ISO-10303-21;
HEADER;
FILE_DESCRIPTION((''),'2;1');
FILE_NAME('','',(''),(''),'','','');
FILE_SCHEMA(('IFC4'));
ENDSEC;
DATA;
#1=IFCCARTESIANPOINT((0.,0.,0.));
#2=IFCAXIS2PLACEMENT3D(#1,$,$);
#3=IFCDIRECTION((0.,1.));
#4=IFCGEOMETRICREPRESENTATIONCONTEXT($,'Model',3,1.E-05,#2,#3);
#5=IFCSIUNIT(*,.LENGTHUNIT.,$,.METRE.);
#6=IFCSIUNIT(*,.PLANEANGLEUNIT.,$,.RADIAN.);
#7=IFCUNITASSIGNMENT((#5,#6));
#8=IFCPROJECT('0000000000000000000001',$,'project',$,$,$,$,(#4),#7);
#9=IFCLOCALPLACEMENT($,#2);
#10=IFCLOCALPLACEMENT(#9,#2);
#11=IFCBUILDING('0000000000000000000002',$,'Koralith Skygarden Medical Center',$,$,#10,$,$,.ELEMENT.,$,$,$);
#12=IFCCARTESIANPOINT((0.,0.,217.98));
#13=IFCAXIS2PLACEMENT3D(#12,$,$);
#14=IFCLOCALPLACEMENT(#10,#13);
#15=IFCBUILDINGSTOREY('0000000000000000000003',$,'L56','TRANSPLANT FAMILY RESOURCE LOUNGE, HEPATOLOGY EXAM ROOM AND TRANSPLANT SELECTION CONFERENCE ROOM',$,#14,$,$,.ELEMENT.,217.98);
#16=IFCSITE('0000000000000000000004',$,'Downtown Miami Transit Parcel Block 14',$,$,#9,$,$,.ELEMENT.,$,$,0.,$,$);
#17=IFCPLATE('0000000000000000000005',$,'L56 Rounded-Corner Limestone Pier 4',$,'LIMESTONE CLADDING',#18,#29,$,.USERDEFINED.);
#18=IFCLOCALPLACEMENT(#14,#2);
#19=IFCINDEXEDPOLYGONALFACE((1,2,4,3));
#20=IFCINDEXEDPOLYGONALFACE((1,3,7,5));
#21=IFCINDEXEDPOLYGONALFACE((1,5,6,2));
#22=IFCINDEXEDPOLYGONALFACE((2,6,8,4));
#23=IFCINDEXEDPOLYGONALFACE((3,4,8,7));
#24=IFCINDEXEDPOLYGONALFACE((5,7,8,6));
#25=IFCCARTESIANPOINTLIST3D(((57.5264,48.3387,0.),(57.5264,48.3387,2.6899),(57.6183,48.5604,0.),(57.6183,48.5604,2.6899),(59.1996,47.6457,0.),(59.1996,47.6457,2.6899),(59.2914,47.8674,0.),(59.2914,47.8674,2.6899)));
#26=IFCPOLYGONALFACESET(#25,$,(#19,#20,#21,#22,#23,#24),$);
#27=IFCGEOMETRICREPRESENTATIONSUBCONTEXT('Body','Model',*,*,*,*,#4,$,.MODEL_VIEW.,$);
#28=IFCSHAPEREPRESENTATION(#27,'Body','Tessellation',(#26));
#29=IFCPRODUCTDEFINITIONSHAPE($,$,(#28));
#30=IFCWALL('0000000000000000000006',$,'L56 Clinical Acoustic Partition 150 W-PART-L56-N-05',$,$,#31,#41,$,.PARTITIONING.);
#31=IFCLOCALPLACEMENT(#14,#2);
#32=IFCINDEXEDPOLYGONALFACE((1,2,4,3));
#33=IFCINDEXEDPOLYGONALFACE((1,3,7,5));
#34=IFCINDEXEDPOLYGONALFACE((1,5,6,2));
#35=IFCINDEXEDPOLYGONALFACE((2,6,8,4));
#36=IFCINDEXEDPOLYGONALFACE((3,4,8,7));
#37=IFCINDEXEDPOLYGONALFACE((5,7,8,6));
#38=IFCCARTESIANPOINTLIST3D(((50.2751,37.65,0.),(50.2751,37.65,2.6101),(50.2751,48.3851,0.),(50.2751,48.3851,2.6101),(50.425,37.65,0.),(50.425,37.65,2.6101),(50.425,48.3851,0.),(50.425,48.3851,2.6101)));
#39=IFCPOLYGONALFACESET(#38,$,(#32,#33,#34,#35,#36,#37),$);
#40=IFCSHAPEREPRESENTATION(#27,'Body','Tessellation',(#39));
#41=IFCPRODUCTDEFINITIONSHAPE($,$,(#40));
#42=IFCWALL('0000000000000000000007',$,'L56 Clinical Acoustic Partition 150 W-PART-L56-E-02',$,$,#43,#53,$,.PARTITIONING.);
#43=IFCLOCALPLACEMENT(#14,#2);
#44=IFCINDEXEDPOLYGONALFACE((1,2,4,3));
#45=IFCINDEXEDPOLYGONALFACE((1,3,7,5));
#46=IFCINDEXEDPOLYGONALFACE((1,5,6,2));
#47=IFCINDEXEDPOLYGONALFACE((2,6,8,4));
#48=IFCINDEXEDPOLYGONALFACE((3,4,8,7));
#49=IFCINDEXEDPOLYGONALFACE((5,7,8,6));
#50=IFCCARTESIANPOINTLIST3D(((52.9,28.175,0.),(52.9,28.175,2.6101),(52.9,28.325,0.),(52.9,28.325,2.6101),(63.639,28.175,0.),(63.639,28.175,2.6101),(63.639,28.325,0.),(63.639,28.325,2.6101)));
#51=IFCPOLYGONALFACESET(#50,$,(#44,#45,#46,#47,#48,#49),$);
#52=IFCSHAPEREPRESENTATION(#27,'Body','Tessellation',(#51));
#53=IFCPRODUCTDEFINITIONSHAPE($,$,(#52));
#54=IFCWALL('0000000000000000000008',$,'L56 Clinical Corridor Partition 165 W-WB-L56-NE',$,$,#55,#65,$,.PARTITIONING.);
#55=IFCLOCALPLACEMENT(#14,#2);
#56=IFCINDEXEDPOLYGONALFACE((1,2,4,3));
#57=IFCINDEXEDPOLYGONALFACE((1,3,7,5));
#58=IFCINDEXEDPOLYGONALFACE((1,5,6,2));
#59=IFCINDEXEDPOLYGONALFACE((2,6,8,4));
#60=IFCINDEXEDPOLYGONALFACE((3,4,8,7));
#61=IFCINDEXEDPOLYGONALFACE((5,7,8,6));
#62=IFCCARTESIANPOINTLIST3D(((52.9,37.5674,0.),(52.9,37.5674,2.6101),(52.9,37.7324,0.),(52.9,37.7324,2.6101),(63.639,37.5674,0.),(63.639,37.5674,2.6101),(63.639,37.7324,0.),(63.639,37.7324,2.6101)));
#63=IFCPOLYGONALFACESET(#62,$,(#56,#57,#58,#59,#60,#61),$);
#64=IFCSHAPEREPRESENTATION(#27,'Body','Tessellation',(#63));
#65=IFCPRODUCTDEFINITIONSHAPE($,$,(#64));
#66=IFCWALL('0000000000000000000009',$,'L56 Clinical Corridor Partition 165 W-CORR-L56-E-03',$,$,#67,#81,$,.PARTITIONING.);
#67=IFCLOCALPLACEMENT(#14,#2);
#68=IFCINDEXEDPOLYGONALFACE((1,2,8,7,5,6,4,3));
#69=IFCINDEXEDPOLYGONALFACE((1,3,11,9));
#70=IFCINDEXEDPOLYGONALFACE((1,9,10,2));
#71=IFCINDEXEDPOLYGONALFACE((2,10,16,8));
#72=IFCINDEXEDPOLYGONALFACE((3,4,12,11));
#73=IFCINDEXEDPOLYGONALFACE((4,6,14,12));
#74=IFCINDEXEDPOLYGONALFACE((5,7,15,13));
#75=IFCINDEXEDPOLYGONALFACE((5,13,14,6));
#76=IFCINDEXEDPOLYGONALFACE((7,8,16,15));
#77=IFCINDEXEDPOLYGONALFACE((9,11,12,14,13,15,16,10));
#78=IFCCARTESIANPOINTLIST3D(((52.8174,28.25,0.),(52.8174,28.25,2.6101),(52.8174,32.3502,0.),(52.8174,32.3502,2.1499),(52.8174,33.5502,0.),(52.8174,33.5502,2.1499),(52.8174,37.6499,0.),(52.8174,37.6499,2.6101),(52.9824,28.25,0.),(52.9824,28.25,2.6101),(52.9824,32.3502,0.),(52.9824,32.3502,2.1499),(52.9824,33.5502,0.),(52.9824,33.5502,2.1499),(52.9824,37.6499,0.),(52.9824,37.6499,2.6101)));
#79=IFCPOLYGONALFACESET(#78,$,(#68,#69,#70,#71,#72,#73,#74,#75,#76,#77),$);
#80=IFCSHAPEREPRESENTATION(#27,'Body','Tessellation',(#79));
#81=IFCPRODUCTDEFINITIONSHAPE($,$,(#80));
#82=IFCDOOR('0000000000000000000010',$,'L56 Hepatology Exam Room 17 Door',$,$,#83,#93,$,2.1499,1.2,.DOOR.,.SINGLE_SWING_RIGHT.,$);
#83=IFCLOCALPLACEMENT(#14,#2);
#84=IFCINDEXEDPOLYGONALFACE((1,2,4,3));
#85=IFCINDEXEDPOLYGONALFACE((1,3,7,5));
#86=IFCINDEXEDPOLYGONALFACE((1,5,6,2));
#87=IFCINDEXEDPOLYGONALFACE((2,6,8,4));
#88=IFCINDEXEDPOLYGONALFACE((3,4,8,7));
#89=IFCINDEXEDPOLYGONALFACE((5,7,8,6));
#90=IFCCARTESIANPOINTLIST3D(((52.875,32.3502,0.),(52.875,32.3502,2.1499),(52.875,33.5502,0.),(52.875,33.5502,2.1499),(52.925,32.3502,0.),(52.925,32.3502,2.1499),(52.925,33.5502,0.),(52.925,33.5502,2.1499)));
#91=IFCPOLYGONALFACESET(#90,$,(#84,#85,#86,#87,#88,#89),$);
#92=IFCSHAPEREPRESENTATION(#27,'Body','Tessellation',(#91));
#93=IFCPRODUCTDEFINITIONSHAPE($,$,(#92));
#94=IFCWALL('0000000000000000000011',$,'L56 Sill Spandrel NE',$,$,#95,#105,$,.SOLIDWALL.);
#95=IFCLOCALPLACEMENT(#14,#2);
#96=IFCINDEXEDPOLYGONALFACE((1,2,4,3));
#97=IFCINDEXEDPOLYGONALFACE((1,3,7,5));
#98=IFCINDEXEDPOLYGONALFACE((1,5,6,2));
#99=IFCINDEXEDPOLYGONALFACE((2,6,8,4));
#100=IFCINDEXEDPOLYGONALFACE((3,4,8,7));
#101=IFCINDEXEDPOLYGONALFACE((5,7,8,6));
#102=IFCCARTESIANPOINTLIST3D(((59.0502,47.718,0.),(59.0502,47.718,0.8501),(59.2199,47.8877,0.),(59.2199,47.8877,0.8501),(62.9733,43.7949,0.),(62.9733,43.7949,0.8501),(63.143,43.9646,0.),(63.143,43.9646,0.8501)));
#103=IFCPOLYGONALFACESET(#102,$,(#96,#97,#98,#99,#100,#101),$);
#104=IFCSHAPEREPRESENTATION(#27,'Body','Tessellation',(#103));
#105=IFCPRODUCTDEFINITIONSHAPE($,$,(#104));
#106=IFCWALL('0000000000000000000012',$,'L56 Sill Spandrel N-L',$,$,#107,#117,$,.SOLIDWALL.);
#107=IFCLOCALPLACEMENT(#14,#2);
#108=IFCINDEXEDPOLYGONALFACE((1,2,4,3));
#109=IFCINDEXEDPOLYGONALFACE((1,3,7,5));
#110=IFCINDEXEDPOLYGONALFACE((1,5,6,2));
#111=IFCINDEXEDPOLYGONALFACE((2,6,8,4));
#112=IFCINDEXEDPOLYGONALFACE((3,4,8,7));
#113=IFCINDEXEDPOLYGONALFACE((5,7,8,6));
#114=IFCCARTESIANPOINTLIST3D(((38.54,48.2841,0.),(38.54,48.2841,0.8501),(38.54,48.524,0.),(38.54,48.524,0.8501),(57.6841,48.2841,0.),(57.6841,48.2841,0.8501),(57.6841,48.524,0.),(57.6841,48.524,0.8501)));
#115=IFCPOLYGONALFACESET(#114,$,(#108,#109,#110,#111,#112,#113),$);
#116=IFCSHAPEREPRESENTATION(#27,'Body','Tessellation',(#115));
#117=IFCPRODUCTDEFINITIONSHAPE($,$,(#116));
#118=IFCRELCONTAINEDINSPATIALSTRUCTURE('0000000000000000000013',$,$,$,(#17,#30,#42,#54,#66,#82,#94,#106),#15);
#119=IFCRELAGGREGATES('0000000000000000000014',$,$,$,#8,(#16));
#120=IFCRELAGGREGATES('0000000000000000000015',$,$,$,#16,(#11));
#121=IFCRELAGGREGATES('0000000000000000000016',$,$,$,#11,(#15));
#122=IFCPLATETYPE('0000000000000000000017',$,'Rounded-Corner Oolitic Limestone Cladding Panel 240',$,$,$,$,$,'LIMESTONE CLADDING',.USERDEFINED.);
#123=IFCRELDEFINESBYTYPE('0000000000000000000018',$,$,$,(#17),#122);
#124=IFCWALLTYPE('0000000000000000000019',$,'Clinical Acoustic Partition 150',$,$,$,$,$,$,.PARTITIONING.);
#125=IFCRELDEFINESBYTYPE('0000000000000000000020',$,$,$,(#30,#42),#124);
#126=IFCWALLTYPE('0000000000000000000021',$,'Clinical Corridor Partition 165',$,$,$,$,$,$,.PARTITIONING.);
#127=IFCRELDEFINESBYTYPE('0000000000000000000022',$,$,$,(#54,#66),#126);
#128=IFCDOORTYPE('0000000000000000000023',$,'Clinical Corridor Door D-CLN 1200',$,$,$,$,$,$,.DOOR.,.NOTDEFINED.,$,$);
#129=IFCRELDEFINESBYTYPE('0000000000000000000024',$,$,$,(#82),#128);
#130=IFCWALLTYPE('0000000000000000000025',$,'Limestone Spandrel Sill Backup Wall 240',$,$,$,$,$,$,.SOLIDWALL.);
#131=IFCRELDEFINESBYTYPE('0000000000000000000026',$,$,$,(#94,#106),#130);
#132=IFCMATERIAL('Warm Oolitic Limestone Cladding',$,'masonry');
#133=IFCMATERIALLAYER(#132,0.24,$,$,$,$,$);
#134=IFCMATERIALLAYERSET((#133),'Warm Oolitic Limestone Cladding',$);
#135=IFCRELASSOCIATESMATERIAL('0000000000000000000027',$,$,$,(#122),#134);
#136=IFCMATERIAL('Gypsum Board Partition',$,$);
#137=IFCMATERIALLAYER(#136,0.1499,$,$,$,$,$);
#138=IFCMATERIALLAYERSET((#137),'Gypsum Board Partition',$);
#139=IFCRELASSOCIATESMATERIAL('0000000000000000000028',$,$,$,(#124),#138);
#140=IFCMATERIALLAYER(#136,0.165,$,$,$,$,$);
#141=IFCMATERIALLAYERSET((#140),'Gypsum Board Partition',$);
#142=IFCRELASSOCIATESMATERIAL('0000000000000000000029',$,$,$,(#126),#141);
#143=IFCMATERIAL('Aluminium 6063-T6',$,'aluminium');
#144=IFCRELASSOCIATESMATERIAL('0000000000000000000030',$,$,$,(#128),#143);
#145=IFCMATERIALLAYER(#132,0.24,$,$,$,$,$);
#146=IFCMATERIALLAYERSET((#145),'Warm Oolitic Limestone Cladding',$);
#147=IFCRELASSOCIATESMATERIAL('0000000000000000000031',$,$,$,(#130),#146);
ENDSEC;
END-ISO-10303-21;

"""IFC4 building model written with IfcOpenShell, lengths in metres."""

from ifc_helpers import new_model, si_unit, direction, frame, frame_2d, origin, origin_2d, place, context, subcontext, project, spatial, rectangle, extrude, material, layer, layer_set, type_object, element, fill, save


model = new_model("IFC4")

# Units and contexts
model_context = context("Model", 3, precision=1e-05, world=origin(), true_north=direction((0.0, 1.0)))
body_context = subcontext(model_context, "Body", "Model", "MODEL_VIEW")
ifc_project = project(units=[si_unit("LENGTHUNIT", "METRE"), si_unit("PLANEANGLEUNIT", "RADIAN")], contexts=[model_context])

# Site, building, storey
site_placement = place(None, origin())
site = spatial("IfcSite", under=ifc_project, at=site_placement, Name="Downtown Miami Transit Parcel Block 14", CompositionType="ELEMENT", RefElevation=0.0)
building_placement = place(site_placement, origin())
building = spatial("IfcBuilding", under=site, at=building_placement, Name="Koralith Skygarden Medical Center", CompositionType="ELEMENT")
storey_placement = place(building_placement, frame((0.0, 0.0, 217.98)))
storey = spatial("IfcBuildingStorey", under=building, at=storey_placement, Name="L56", Description="TRANSPLANT FAMILY RESOURCE LOUNGE, HEPATOLOGY EXAM ROOM AND TRANSPLANT SELECTION CONFERENCE ROOM", CompositionType="ELEMENT", Elevation=217.98)

# Shared definitions
ifc_material_1 = material(Name="Aluminium 6063-T6", Category="aluminium")

# Plate
ifc_material_2 = material(Name="Warm Oolitic Limestone Cladding", Category="masonry")
ifc_layer_1 = layer(ifc_material_2, 0.24)
ifc_layer_set_1 = layer_set([ifc_layer_1], Name="Warm Oolitic Limestone Cladding")
plate_type_1 = type_object("IfcPlateType", Name="Rounded-Corner Oolitic Limestone Cladding Panel 240", ElementType="LIMESTONE CLADDING", PredefinedType="USERDEFINED", material=ifc_layer_set_1)
for number, where, z_axis, x_axis, name in (
    (1, (58.4089, 48.103, 0.0), (0.0, 0.0, 1.0), (-0.923885, 0.382671, 0.0), "L56 Rounded-Corner Limestone Pier 4"),
):
    element("IfcPlate", number, at=place(storey_placement, frame(where, z_axis=z_axis, x_axis=x_axis)), inside=storey, type_object=plate_type_1, Name=name, ObjectType="LIMESTONE CLADDING", PredefinedType="USERDEFINED", context=body_context, shape_type="SweptSolid", body=[
        extrude(rectangle(XDim=1.811, YDim=0.24, at=origin_2d()), origin(), (0.0, 0.0, 1.0), 2.6899),
    ])

# Walls
ifc_material_3 = material(Name="Gypsum Board Partition")
ifc_layer_2 = layer(ifc_material_3, 0.1499)
ifc_layer_set_2 = layer_set([ifc_layer_2], Name="Gypsum Board Partition")
wall_type_1 = type_object("IfcWallType", Name="Clinical Acoustic Partition 150", PredefinedType="PARTITIONING", material=ifc_layer_set_2)
wall_1_placement = place(storey_placement, frame((50.3501, 37.6499, 0.0), z_axis=(0.0, 0.0, 1.0), x_axis=(0.0, 1.0, 0.0)))
element("IfcWall", 2, at=wall_1_placement, inside=storey, type_object=wall_type_1, Name="L56 Clinical Acoustic Partition 150 W-PART-L56-N-05", PredefinedType="PARTITIONING", context=body_context, shape_type="SweptSolid", body=[
    extrude(rectangle(XDim=10.7351, YDim=0.1499, at=frame_2d((5.3677, 0.0))), origin(), (0.0, 0.0, 1.0), 2.6101),
])
wall_2_placement = place(storey_placement, frame((52.8999, 28.25, 0.0), z_axis=(0.0, 0.0, 1.0), x_axis=(1.0, 0.0, 0.0)))
element("IfcWall", 3, at=wall_2_placement, inside=storey, type_object=wall_type_1, Name="L56 Clinical Acoustic Partition 150 W-PART-L56-E-02", PredefinedType="PARTITIONING", context=body_context, shape_type="SweptSolid", body=[
    extrude(rectangle(XDim=10.739, YDim=0.1499, at=frame_2d((5.3696, 0.0))), origin(), (0.0, 0.0, 1.0), 2.6101),
])
ifc_layer_3 = layer(ifc_material_3, 0.165)
ifc_layer_set_3 = layer_set([ifc_layer_3], Name="Gypsum Board Partition")
wall_type_2 = type_object("IfcWallType", Name="Clinical Corridor Partition 165", PredefinedType="PARTITIONING", material=ifc_layer_set_3)
wall_3_placement = place(storey_placement, frame((52.8999, 37.6499, 0.0), z_axis=(0.0, 0.0, 1.0), x_axis=(1.0, 0.0, 0.0)))
element("IfcWall", 4, at=wall_3_placement, inside=storey, type_object=wall_type_2, Name="L56 Clinical Corridor Partition 165 W-WB-L56-NE", PredefinedType="PARTITIONING", context=body_context, shape_type="SweptSolid", body=[
    extrude(rectangle(XDim=10.739, YDim=0.165, at=frame_2d((5.3696, 0.0))), origin(), (0.0, 0.0, 1.0), 2.6101),
])

# Wall, opening, door
wall_4_placement = place(storey_placement, frame((52.8999, 28.25, 0.0), z_axis=(0.0, 0.0, 1.0), x_axis=(0.0, 1.0, 0.0)))
wall_4 = element("IfcWall", 5, at=wall_4_placement, inside=storey, type_object=wall_type_2, Name="L56 Clinical Corridor Partition 165 W-CORR-L56-E-03", PredefinedType="PARTITIONING", context=body_context, shape_type="SweptSolid", body=[
    extrude(rectangle(XDim=9.3999, YDim=0.165, at=frame_2d((4.7, 0.0))), origin(), (0.0, 0.0, 1.0), 2.6101),
])
opening_1_placement = place(wall_4_placement, frame((4.1001, 0.0, 0.0)))
opening_1 = element("IfcOpeningElement", 6, at=opening_1_placement, cuts=wall_4, PredefinedType="OPENING", context=body_context, shape_type="SweptSolid", body=[
    extrude(rectangle(XDim=1.2, YDim=2.1499, at=frame_2d((0.6001, 1.075))), frame((0.0, 0.0925, 0.0), z_axis=(0.0, -1.0, 0.0), x_axis=(1.0, 0.0, 0.0)), (0.0, 0.0, 1.0), 0.1851),
])
door_type_1 = type_object("IfcDoorType", Name="Clinical Corridor Door D-CLN 1200", OperationType="NOTDEFINED", PredefinedType="DOOR", material=ifc_material_1)
door_1_placement = place(opening_1_placement, origin())
door_1 = element("IfcDoor", 7, at=door_1_placement, inside=storey, type_object=door_type_1, Name="L56 Hepatology Exam Room 17 Door", OperationType="SINGLE_SWING_RIGHT", OverallHeight=2.1499, OverallWidth=1.2, PredefinedType="DOOR", context=body_context, shape_type="SweptSolid", body=[
    extrude(rectangle(XDim=1.2, YDim=2.1499, at=frame_2d((0.6001, 1.075))), frame((0.0, 0.0249, 0.0), z_axis=(0.0, -1.0, 0.0), x_axis=(1.0, 0.0, 0.0)), (0.0, 0.0, 1.0), 0.05),
])
fill(opening_1, door_1)

# Walls
ifc_layer_4 = layer(ifc_material_2, 0.24)
ifc_layer_set_4 = layer_set([ifc_layer_4], Name="Warm Oolitic Limestone Cladding")
wall_type_3 = type_object("IfcWallType", Name="Limestone Spandrel Sill Backup Wall 240", PredefinedType="SOLIDWALL", material=ifc_layer_set_4)
wall_5_placement = place(storey_placement, frame((63.0581, 43.8799, 0.0), z_axis=(0.0, 0.0, 1.0), x_axis=(-0.707107, 0.707107, 0.0)))
element("IfcWall", 8, at=wall_5_placement, inside=storey, type_object=wall_type_3, Name="L56 Sill Spandrel NE", PredefinedType="SOLIDWALL", context=body_context, shape_type="SweptSolid", body=[
    extrude(rectangle(XDim=5.5481, YDim=0.24, at=frame_2d((2.7739, 0.0))), origin(), (0.0, 0.0, 1.0), 0.8501),
])
wall_6_placement = place(storey_placement, frame((57.6841, 48.4041, 0.0), z_axis=(0.0, 0.0, 1.0), x_axis=(-1.0, 0.0, 0.0)))
element("IfcWall", 9, at=wall_6_placement, inside=storey, type_object=wall_type_3, Name="L56 Sill Spandrel N-L", PredefinedType="SOLIDWALL", context=body_context, shape_type="SweptSolid", body=[
    extrude(rectangle(XDim=19.144, YDim=0.24, at=frame_2d((9.572, 0.0))), origin(), (0.0, 0.0, 1.0), 0.8501),
])

save(model, "model.ifc")
